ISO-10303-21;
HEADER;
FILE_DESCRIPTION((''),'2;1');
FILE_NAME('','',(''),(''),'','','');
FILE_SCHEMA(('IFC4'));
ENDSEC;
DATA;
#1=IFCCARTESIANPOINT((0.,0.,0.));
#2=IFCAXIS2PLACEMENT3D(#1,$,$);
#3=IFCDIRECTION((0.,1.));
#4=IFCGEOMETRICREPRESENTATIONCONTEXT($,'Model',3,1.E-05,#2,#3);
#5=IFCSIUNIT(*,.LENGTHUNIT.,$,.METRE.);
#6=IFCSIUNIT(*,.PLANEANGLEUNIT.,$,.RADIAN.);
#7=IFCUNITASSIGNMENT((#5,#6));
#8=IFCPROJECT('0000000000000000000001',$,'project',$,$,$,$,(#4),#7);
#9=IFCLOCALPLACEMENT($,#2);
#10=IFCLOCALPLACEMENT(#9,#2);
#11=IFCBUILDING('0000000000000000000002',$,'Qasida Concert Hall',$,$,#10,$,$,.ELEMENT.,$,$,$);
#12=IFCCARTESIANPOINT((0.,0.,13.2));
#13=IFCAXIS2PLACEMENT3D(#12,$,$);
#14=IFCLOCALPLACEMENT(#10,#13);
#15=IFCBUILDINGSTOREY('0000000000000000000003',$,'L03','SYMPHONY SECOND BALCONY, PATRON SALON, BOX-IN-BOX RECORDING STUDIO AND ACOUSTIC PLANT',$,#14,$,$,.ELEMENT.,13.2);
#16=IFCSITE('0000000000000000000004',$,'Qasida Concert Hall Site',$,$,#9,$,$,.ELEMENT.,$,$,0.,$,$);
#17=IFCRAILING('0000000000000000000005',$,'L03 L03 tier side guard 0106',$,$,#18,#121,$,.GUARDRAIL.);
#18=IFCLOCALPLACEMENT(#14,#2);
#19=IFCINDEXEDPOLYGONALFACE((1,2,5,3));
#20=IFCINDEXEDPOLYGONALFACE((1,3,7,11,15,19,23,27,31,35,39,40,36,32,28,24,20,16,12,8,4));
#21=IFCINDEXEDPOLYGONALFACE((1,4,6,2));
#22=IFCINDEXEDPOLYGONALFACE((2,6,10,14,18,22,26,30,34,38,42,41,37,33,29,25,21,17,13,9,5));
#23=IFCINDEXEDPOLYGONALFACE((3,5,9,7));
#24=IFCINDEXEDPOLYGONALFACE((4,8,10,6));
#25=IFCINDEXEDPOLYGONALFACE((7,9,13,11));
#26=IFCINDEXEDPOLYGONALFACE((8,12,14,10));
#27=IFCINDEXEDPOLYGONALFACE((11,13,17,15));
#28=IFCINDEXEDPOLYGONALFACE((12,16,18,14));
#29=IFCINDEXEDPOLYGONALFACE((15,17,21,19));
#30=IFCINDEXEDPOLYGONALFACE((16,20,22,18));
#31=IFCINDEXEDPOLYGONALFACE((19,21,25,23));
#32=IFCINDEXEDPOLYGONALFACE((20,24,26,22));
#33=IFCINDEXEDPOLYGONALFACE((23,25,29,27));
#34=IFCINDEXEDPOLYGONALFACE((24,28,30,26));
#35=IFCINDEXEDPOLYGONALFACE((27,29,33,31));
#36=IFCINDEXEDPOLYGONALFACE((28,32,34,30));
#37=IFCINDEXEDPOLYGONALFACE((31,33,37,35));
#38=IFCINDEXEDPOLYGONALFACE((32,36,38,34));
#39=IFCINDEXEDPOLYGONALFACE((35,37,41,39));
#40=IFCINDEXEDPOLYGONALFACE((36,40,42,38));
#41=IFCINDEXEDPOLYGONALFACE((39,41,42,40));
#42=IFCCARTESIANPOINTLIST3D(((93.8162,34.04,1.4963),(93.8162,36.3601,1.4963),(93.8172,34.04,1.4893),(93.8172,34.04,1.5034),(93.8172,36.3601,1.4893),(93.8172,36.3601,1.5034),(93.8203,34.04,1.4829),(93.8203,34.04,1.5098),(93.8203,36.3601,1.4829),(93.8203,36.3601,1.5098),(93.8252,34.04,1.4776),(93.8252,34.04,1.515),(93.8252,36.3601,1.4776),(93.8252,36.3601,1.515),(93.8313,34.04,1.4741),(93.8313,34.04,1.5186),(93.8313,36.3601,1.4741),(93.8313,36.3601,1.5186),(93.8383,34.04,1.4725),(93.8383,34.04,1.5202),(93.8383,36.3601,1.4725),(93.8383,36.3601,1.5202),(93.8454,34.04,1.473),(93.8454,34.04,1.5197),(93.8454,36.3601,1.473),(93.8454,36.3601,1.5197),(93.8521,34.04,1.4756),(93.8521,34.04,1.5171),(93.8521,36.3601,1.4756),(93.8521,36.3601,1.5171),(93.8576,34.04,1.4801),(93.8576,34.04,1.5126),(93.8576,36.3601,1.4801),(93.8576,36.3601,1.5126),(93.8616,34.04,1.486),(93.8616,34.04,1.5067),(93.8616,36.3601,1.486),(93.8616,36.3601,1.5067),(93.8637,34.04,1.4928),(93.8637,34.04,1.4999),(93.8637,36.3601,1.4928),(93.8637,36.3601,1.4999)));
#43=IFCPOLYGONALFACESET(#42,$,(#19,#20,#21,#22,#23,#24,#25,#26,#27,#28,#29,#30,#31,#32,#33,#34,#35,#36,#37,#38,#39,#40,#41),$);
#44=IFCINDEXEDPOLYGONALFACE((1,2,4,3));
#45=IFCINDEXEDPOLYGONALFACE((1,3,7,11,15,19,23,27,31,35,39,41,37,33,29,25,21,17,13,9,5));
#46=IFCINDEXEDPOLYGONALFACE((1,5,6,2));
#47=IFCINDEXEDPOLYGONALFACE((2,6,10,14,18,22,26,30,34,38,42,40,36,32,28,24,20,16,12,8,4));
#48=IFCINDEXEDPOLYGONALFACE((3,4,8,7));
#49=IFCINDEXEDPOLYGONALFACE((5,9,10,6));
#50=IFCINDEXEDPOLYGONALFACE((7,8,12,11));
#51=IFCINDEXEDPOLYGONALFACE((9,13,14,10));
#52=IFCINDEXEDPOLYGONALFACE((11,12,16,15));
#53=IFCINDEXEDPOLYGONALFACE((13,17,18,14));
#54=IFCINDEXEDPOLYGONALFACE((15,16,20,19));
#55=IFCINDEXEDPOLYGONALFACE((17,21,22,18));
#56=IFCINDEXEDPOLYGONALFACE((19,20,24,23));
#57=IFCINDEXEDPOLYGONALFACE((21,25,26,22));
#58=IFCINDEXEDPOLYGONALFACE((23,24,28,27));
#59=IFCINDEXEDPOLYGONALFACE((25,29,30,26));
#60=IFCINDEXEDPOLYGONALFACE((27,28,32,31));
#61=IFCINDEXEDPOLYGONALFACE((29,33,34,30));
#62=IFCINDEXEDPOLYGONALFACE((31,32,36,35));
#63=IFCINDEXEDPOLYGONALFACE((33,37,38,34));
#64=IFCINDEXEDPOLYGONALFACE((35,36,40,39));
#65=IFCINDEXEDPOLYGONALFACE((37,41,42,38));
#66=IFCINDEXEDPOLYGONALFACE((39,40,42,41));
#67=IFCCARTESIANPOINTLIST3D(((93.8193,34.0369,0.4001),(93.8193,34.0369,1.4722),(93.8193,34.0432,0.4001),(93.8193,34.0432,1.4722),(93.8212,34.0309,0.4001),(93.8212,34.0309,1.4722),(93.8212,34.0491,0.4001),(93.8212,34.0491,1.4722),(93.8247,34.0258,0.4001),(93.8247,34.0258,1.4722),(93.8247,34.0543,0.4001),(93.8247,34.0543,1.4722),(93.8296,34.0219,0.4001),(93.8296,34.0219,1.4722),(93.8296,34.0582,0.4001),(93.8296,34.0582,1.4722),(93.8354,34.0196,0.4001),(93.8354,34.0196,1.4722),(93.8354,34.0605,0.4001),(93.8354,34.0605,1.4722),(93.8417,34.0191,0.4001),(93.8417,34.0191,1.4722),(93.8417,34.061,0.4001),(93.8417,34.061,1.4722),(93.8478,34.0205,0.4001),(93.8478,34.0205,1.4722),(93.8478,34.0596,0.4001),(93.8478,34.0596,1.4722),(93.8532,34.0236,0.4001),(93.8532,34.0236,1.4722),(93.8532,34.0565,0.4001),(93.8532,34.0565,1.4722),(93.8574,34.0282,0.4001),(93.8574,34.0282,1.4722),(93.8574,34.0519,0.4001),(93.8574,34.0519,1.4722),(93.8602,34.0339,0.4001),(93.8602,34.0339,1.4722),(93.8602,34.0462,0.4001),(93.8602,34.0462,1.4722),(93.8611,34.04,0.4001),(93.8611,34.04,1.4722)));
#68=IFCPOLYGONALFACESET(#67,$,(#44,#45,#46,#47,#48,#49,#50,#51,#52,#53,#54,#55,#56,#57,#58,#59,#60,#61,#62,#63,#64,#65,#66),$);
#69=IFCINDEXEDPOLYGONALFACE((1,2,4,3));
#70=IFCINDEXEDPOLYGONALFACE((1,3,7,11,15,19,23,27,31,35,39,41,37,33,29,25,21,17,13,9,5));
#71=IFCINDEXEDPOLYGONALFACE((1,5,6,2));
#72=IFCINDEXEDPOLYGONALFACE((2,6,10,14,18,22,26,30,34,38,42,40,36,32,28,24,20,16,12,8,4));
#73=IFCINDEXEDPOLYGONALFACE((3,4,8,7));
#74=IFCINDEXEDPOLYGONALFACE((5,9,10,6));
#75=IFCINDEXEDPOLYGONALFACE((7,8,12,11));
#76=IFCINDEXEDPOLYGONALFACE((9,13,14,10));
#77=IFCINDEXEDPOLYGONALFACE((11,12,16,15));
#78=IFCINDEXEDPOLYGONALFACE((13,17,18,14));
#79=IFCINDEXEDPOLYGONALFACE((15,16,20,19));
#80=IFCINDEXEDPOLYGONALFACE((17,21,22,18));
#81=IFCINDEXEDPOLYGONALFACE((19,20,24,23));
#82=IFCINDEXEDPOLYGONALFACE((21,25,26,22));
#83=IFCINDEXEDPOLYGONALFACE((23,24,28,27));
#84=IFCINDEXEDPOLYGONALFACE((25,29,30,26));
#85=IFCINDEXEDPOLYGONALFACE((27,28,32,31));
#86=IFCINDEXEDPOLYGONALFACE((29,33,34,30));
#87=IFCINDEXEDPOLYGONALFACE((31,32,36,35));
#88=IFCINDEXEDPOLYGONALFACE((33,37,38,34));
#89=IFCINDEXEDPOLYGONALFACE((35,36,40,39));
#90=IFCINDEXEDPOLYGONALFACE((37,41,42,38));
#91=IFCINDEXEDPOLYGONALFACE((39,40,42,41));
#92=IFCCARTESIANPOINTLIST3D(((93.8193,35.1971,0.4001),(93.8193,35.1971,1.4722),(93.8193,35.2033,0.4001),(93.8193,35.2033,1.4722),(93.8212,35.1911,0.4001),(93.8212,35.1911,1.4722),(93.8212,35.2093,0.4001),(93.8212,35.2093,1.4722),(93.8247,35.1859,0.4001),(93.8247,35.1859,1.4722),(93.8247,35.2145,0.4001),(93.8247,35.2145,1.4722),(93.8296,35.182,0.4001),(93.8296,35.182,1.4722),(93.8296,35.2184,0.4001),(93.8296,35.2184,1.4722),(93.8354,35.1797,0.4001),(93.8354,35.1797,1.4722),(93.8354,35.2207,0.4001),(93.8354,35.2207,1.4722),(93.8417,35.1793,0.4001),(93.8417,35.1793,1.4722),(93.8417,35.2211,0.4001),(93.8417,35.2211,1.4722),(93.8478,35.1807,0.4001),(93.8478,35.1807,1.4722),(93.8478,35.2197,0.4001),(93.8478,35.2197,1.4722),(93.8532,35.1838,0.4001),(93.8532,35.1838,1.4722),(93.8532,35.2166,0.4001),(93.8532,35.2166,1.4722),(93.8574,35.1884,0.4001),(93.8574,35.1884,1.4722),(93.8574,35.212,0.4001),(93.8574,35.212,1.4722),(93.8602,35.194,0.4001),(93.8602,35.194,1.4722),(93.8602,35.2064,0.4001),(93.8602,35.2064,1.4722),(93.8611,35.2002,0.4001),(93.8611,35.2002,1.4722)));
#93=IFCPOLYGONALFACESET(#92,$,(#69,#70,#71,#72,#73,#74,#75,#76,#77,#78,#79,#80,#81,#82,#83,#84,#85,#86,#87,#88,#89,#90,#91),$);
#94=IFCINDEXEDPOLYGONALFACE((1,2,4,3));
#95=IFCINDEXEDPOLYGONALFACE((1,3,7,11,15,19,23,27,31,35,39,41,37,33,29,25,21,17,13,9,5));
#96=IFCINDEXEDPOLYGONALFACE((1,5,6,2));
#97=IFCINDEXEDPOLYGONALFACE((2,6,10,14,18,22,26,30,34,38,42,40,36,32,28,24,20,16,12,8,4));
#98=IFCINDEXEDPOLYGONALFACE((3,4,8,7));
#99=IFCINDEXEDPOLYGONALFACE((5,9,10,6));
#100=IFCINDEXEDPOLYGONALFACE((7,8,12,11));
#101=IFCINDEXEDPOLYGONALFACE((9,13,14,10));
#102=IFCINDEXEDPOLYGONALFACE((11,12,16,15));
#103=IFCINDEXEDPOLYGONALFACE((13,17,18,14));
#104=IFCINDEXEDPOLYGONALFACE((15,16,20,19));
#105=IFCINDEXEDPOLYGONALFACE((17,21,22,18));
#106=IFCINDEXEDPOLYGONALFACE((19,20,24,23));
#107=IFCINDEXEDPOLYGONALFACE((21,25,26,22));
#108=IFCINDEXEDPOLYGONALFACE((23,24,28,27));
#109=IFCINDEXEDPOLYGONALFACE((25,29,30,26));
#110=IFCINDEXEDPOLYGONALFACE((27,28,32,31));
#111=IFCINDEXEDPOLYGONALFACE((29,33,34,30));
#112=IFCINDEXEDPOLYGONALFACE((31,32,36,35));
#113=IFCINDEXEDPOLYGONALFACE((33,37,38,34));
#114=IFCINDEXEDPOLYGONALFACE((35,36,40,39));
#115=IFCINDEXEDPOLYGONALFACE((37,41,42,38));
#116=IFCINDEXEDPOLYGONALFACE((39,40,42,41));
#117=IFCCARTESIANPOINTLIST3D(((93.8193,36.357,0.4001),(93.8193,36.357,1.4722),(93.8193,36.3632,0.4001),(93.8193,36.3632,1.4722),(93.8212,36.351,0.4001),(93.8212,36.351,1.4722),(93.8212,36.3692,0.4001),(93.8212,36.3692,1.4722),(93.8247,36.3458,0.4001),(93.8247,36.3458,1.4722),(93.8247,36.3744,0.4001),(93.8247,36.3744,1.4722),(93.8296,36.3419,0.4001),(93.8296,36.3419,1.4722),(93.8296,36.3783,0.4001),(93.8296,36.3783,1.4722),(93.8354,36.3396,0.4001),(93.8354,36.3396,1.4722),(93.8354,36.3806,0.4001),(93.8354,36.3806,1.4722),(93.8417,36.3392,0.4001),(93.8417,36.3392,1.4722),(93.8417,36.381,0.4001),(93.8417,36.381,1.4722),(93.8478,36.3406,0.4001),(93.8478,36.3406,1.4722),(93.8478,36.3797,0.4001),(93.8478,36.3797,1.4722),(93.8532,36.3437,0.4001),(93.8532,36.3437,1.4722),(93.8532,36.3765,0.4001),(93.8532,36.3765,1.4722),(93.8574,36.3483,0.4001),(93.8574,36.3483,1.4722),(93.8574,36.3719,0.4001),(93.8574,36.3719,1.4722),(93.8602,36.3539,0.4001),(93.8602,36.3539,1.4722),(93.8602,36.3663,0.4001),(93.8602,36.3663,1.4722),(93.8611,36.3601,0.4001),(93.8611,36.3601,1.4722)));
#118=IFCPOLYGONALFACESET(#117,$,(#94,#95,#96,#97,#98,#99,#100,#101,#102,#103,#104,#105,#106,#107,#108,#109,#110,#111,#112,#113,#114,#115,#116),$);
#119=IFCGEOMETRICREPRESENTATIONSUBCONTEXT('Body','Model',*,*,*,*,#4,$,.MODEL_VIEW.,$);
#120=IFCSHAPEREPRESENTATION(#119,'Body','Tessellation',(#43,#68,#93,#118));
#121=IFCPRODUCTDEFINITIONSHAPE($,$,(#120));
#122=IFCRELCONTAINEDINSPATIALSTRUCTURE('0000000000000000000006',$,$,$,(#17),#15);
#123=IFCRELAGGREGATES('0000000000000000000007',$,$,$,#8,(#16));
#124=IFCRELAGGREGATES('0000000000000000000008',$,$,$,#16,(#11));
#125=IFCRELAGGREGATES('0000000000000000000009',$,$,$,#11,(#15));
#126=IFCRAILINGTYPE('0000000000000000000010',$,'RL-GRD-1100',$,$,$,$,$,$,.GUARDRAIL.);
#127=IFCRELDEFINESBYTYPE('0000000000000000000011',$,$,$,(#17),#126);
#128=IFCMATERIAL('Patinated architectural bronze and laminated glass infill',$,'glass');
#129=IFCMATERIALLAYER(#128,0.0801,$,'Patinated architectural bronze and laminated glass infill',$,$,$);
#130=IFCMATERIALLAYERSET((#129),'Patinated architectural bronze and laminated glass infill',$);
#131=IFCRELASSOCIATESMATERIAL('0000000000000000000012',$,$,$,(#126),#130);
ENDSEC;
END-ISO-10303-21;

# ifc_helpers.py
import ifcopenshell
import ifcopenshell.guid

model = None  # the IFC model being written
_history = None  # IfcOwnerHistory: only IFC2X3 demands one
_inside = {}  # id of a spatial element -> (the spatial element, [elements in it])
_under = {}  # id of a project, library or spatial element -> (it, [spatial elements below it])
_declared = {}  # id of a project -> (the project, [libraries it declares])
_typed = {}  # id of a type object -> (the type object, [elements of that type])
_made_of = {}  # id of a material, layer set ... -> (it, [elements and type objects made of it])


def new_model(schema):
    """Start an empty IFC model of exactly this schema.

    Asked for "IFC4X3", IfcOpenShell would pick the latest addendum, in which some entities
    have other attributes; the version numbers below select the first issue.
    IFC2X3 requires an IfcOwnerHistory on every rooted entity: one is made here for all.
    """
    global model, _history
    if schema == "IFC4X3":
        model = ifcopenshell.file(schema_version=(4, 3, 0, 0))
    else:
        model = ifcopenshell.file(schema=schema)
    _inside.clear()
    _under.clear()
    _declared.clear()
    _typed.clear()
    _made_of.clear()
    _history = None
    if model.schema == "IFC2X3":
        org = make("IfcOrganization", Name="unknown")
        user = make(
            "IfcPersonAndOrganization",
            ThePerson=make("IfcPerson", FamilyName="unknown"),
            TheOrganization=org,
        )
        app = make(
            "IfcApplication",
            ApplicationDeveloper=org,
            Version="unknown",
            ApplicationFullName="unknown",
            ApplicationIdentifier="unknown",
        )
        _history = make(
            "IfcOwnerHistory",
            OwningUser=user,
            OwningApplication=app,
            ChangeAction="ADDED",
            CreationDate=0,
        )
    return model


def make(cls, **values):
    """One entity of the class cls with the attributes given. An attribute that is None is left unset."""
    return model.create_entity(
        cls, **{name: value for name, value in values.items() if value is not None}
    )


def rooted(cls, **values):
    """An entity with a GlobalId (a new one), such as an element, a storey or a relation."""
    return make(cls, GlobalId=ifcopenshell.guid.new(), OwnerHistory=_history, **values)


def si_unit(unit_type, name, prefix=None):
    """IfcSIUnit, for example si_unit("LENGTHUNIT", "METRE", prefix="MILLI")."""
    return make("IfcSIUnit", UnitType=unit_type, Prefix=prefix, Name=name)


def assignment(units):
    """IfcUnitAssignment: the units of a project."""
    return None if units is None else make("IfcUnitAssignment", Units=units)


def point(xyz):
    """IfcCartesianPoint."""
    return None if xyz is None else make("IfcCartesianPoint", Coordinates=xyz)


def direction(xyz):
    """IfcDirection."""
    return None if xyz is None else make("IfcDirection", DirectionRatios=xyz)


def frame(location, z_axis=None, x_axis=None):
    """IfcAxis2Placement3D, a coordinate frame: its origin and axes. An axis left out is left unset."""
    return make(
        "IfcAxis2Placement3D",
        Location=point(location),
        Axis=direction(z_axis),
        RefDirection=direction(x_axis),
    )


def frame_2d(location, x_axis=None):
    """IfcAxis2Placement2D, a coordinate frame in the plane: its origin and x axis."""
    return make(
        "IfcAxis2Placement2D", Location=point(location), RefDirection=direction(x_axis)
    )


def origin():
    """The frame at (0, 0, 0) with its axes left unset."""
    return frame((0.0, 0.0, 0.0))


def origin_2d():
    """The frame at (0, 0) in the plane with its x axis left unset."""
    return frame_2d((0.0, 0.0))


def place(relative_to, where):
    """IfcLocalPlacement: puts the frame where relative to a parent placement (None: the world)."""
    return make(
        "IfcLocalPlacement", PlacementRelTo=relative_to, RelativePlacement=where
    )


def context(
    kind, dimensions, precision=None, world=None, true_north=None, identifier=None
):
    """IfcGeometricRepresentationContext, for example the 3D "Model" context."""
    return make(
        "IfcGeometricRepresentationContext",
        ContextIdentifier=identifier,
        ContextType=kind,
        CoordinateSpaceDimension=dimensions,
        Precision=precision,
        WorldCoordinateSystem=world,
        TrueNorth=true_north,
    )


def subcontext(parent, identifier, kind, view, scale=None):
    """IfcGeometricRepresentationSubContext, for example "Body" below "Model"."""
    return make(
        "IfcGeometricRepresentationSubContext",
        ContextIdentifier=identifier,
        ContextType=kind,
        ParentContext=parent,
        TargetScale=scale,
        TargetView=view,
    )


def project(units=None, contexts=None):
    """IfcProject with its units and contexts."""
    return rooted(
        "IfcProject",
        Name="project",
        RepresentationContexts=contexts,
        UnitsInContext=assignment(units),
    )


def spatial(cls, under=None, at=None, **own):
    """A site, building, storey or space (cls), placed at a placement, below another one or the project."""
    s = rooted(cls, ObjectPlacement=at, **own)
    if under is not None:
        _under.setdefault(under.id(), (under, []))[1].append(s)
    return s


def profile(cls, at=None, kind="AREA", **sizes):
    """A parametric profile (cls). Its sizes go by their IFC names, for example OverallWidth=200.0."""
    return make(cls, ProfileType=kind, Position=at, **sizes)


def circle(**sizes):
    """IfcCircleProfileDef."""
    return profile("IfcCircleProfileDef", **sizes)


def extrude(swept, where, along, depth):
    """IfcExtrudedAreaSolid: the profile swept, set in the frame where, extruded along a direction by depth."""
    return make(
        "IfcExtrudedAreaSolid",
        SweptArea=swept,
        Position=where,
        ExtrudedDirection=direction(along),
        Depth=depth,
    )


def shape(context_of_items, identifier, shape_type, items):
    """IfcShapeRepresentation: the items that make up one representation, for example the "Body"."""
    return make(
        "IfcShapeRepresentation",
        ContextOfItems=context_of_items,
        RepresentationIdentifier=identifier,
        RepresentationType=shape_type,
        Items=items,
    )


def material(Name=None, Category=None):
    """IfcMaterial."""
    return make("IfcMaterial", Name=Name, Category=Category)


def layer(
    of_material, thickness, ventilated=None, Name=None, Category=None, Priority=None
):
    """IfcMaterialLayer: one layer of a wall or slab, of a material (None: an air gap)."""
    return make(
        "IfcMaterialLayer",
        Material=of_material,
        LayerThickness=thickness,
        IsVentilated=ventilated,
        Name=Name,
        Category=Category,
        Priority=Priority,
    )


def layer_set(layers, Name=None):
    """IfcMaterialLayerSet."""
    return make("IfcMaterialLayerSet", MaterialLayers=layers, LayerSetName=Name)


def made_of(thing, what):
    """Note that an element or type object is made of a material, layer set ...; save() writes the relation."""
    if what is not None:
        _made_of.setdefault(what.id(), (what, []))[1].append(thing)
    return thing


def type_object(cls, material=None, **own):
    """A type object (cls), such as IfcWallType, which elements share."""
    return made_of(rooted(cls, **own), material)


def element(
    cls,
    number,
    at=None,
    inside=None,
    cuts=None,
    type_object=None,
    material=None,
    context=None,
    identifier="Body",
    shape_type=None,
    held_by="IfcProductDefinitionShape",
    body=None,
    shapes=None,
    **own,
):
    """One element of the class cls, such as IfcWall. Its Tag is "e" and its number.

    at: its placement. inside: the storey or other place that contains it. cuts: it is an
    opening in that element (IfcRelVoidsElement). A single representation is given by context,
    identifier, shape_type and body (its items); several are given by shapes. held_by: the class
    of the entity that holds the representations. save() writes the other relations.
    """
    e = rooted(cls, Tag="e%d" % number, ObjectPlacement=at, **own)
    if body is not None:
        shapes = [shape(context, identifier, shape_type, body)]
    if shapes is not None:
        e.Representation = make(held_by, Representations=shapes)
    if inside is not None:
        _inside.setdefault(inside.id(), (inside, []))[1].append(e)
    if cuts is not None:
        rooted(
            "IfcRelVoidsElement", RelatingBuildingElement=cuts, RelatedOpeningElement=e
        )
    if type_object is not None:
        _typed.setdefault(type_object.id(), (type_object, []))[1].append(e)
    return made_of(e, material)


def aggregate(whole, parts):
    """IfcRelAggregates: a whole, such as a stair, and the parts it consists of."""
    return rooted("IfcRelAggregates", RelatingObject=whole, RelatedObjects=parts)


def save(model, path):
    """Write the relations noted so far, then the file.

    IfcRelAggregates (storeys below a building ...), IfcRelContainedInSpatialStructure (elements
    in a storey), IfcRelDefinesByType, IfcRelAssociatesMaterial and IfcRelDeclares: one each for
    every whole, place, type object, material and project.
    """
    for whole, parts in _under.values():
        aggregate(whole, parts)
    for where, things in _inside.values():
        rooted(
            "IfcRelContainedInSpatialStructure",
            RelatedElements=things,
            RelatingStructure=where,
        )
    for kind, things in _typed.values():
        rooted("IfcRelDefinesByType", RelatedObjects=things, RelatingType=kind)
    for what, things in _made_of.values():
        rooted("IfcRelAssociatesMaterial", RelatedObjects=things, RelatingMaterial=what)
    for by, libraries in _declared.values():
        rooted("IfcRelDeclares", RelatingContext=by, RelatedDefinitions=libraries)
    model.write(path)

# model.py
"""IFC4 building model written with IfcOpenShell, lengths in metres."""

from ifc_helpers import new_model, si_unit, direction, frame, origin, origin_2d, place, context, subcontext, project, spatial, circle, extrude, material, layer, layer_set, type_object, element, save


model = new_model("IFC4")

# Units and contexts
model_context = context("Model", 3, precision=1e-05, world=origin(), true_north=direction((0.0, 1.0)))
body_context = subcontext(model_context, "Body", "Model", "MODEL_VIEW")
ifc_project = project(units=[si_unit("LENGTHUNIT", "METRE"), si_unit("PLANEANGLEUNIT", "RADIAN")], contexts=[model_context])

# Site, building, storey
site_placement = place(None, origin())
site = spatial("IfcSite", under=ifc_project, at=site_placement, Name="Qasida Concert Hall Site", CompositionType="ELEMENT", RefElevation=0.0)
building_placement = place(site_placement, origin())
building = spatial("IfcBuilding", under=site, at=building_placement, Name="Qasida Concert Hall", CompositionType="ELEMENT")
storey_placement = place(building_placement, frame((0.0, 0.0, 13.2)))
storey = spatial("IfcBuildingStorey", under=building, at=storey_placement, Name="L03", Description="SYMPHONY SECOND BALCONY, PATRON SALON, BOX-IN-BOX RECORDING STUDIO AND ACOUSTIC PLANT", CompositionType="ELEMENT", Elevation=13.2)

# Railing
ifc_material_1 = material(Name="Patinated architectural bronze and laminated glass infill", Category="glass")
ifc_layer_1 = layer(ifc_material_1, 0.0801, Name="Patinated architectural bronze and laminated glass infill")
ifc_layer_set_1 = layer_set([ifc_layer_1], Name="Patinated architectural bronze and laminated glass infill")
railing_type = type_object("IfcRailingType", Name="RL-GRD-1100", PredefinedType="GUARDRAIL", material=ifc_layer_set_1)
for number, where, name in (
    (1, (93.8401, 34.04, 0.4001), "L03 L03 tier side guard 0106"),
):
    element("IfcRailing", number, at=place(storey_placement, frame(where)), inside=storey, type_object=railing_type, Name=name, PredefinedType="GUARDRAIL", context=body_context, shape_type="SweptSolid", body=[
        extrude(circle(Radius=0.0239, at=origin_2d()), frame((0.0, 0.0, 1.0962), z_axis=(0.0, 1.0, 0.0), x_axis=(-1.0, 0.0, 0.0)), (0.0, 0.0, 1.0), 2.3201),
        extrude(circle(Radius=0.021, at=origin_2d()), origin(), (0.0, 0.0, 1.0), 1.072),
        extrude(circle(Radius=0.021, at=origin_2d()), frame((0.0, 1.1602, 0.0)), (0.0, 0.0, 1.0), 1.072),
        extrude(circle(Radius=0.021, at=origin_2d()), frame((0.0, 2.3201, 0.0)), (0.0, 0.0, 1.0), 1.072),
    ])

save(model, "model.ifc")
